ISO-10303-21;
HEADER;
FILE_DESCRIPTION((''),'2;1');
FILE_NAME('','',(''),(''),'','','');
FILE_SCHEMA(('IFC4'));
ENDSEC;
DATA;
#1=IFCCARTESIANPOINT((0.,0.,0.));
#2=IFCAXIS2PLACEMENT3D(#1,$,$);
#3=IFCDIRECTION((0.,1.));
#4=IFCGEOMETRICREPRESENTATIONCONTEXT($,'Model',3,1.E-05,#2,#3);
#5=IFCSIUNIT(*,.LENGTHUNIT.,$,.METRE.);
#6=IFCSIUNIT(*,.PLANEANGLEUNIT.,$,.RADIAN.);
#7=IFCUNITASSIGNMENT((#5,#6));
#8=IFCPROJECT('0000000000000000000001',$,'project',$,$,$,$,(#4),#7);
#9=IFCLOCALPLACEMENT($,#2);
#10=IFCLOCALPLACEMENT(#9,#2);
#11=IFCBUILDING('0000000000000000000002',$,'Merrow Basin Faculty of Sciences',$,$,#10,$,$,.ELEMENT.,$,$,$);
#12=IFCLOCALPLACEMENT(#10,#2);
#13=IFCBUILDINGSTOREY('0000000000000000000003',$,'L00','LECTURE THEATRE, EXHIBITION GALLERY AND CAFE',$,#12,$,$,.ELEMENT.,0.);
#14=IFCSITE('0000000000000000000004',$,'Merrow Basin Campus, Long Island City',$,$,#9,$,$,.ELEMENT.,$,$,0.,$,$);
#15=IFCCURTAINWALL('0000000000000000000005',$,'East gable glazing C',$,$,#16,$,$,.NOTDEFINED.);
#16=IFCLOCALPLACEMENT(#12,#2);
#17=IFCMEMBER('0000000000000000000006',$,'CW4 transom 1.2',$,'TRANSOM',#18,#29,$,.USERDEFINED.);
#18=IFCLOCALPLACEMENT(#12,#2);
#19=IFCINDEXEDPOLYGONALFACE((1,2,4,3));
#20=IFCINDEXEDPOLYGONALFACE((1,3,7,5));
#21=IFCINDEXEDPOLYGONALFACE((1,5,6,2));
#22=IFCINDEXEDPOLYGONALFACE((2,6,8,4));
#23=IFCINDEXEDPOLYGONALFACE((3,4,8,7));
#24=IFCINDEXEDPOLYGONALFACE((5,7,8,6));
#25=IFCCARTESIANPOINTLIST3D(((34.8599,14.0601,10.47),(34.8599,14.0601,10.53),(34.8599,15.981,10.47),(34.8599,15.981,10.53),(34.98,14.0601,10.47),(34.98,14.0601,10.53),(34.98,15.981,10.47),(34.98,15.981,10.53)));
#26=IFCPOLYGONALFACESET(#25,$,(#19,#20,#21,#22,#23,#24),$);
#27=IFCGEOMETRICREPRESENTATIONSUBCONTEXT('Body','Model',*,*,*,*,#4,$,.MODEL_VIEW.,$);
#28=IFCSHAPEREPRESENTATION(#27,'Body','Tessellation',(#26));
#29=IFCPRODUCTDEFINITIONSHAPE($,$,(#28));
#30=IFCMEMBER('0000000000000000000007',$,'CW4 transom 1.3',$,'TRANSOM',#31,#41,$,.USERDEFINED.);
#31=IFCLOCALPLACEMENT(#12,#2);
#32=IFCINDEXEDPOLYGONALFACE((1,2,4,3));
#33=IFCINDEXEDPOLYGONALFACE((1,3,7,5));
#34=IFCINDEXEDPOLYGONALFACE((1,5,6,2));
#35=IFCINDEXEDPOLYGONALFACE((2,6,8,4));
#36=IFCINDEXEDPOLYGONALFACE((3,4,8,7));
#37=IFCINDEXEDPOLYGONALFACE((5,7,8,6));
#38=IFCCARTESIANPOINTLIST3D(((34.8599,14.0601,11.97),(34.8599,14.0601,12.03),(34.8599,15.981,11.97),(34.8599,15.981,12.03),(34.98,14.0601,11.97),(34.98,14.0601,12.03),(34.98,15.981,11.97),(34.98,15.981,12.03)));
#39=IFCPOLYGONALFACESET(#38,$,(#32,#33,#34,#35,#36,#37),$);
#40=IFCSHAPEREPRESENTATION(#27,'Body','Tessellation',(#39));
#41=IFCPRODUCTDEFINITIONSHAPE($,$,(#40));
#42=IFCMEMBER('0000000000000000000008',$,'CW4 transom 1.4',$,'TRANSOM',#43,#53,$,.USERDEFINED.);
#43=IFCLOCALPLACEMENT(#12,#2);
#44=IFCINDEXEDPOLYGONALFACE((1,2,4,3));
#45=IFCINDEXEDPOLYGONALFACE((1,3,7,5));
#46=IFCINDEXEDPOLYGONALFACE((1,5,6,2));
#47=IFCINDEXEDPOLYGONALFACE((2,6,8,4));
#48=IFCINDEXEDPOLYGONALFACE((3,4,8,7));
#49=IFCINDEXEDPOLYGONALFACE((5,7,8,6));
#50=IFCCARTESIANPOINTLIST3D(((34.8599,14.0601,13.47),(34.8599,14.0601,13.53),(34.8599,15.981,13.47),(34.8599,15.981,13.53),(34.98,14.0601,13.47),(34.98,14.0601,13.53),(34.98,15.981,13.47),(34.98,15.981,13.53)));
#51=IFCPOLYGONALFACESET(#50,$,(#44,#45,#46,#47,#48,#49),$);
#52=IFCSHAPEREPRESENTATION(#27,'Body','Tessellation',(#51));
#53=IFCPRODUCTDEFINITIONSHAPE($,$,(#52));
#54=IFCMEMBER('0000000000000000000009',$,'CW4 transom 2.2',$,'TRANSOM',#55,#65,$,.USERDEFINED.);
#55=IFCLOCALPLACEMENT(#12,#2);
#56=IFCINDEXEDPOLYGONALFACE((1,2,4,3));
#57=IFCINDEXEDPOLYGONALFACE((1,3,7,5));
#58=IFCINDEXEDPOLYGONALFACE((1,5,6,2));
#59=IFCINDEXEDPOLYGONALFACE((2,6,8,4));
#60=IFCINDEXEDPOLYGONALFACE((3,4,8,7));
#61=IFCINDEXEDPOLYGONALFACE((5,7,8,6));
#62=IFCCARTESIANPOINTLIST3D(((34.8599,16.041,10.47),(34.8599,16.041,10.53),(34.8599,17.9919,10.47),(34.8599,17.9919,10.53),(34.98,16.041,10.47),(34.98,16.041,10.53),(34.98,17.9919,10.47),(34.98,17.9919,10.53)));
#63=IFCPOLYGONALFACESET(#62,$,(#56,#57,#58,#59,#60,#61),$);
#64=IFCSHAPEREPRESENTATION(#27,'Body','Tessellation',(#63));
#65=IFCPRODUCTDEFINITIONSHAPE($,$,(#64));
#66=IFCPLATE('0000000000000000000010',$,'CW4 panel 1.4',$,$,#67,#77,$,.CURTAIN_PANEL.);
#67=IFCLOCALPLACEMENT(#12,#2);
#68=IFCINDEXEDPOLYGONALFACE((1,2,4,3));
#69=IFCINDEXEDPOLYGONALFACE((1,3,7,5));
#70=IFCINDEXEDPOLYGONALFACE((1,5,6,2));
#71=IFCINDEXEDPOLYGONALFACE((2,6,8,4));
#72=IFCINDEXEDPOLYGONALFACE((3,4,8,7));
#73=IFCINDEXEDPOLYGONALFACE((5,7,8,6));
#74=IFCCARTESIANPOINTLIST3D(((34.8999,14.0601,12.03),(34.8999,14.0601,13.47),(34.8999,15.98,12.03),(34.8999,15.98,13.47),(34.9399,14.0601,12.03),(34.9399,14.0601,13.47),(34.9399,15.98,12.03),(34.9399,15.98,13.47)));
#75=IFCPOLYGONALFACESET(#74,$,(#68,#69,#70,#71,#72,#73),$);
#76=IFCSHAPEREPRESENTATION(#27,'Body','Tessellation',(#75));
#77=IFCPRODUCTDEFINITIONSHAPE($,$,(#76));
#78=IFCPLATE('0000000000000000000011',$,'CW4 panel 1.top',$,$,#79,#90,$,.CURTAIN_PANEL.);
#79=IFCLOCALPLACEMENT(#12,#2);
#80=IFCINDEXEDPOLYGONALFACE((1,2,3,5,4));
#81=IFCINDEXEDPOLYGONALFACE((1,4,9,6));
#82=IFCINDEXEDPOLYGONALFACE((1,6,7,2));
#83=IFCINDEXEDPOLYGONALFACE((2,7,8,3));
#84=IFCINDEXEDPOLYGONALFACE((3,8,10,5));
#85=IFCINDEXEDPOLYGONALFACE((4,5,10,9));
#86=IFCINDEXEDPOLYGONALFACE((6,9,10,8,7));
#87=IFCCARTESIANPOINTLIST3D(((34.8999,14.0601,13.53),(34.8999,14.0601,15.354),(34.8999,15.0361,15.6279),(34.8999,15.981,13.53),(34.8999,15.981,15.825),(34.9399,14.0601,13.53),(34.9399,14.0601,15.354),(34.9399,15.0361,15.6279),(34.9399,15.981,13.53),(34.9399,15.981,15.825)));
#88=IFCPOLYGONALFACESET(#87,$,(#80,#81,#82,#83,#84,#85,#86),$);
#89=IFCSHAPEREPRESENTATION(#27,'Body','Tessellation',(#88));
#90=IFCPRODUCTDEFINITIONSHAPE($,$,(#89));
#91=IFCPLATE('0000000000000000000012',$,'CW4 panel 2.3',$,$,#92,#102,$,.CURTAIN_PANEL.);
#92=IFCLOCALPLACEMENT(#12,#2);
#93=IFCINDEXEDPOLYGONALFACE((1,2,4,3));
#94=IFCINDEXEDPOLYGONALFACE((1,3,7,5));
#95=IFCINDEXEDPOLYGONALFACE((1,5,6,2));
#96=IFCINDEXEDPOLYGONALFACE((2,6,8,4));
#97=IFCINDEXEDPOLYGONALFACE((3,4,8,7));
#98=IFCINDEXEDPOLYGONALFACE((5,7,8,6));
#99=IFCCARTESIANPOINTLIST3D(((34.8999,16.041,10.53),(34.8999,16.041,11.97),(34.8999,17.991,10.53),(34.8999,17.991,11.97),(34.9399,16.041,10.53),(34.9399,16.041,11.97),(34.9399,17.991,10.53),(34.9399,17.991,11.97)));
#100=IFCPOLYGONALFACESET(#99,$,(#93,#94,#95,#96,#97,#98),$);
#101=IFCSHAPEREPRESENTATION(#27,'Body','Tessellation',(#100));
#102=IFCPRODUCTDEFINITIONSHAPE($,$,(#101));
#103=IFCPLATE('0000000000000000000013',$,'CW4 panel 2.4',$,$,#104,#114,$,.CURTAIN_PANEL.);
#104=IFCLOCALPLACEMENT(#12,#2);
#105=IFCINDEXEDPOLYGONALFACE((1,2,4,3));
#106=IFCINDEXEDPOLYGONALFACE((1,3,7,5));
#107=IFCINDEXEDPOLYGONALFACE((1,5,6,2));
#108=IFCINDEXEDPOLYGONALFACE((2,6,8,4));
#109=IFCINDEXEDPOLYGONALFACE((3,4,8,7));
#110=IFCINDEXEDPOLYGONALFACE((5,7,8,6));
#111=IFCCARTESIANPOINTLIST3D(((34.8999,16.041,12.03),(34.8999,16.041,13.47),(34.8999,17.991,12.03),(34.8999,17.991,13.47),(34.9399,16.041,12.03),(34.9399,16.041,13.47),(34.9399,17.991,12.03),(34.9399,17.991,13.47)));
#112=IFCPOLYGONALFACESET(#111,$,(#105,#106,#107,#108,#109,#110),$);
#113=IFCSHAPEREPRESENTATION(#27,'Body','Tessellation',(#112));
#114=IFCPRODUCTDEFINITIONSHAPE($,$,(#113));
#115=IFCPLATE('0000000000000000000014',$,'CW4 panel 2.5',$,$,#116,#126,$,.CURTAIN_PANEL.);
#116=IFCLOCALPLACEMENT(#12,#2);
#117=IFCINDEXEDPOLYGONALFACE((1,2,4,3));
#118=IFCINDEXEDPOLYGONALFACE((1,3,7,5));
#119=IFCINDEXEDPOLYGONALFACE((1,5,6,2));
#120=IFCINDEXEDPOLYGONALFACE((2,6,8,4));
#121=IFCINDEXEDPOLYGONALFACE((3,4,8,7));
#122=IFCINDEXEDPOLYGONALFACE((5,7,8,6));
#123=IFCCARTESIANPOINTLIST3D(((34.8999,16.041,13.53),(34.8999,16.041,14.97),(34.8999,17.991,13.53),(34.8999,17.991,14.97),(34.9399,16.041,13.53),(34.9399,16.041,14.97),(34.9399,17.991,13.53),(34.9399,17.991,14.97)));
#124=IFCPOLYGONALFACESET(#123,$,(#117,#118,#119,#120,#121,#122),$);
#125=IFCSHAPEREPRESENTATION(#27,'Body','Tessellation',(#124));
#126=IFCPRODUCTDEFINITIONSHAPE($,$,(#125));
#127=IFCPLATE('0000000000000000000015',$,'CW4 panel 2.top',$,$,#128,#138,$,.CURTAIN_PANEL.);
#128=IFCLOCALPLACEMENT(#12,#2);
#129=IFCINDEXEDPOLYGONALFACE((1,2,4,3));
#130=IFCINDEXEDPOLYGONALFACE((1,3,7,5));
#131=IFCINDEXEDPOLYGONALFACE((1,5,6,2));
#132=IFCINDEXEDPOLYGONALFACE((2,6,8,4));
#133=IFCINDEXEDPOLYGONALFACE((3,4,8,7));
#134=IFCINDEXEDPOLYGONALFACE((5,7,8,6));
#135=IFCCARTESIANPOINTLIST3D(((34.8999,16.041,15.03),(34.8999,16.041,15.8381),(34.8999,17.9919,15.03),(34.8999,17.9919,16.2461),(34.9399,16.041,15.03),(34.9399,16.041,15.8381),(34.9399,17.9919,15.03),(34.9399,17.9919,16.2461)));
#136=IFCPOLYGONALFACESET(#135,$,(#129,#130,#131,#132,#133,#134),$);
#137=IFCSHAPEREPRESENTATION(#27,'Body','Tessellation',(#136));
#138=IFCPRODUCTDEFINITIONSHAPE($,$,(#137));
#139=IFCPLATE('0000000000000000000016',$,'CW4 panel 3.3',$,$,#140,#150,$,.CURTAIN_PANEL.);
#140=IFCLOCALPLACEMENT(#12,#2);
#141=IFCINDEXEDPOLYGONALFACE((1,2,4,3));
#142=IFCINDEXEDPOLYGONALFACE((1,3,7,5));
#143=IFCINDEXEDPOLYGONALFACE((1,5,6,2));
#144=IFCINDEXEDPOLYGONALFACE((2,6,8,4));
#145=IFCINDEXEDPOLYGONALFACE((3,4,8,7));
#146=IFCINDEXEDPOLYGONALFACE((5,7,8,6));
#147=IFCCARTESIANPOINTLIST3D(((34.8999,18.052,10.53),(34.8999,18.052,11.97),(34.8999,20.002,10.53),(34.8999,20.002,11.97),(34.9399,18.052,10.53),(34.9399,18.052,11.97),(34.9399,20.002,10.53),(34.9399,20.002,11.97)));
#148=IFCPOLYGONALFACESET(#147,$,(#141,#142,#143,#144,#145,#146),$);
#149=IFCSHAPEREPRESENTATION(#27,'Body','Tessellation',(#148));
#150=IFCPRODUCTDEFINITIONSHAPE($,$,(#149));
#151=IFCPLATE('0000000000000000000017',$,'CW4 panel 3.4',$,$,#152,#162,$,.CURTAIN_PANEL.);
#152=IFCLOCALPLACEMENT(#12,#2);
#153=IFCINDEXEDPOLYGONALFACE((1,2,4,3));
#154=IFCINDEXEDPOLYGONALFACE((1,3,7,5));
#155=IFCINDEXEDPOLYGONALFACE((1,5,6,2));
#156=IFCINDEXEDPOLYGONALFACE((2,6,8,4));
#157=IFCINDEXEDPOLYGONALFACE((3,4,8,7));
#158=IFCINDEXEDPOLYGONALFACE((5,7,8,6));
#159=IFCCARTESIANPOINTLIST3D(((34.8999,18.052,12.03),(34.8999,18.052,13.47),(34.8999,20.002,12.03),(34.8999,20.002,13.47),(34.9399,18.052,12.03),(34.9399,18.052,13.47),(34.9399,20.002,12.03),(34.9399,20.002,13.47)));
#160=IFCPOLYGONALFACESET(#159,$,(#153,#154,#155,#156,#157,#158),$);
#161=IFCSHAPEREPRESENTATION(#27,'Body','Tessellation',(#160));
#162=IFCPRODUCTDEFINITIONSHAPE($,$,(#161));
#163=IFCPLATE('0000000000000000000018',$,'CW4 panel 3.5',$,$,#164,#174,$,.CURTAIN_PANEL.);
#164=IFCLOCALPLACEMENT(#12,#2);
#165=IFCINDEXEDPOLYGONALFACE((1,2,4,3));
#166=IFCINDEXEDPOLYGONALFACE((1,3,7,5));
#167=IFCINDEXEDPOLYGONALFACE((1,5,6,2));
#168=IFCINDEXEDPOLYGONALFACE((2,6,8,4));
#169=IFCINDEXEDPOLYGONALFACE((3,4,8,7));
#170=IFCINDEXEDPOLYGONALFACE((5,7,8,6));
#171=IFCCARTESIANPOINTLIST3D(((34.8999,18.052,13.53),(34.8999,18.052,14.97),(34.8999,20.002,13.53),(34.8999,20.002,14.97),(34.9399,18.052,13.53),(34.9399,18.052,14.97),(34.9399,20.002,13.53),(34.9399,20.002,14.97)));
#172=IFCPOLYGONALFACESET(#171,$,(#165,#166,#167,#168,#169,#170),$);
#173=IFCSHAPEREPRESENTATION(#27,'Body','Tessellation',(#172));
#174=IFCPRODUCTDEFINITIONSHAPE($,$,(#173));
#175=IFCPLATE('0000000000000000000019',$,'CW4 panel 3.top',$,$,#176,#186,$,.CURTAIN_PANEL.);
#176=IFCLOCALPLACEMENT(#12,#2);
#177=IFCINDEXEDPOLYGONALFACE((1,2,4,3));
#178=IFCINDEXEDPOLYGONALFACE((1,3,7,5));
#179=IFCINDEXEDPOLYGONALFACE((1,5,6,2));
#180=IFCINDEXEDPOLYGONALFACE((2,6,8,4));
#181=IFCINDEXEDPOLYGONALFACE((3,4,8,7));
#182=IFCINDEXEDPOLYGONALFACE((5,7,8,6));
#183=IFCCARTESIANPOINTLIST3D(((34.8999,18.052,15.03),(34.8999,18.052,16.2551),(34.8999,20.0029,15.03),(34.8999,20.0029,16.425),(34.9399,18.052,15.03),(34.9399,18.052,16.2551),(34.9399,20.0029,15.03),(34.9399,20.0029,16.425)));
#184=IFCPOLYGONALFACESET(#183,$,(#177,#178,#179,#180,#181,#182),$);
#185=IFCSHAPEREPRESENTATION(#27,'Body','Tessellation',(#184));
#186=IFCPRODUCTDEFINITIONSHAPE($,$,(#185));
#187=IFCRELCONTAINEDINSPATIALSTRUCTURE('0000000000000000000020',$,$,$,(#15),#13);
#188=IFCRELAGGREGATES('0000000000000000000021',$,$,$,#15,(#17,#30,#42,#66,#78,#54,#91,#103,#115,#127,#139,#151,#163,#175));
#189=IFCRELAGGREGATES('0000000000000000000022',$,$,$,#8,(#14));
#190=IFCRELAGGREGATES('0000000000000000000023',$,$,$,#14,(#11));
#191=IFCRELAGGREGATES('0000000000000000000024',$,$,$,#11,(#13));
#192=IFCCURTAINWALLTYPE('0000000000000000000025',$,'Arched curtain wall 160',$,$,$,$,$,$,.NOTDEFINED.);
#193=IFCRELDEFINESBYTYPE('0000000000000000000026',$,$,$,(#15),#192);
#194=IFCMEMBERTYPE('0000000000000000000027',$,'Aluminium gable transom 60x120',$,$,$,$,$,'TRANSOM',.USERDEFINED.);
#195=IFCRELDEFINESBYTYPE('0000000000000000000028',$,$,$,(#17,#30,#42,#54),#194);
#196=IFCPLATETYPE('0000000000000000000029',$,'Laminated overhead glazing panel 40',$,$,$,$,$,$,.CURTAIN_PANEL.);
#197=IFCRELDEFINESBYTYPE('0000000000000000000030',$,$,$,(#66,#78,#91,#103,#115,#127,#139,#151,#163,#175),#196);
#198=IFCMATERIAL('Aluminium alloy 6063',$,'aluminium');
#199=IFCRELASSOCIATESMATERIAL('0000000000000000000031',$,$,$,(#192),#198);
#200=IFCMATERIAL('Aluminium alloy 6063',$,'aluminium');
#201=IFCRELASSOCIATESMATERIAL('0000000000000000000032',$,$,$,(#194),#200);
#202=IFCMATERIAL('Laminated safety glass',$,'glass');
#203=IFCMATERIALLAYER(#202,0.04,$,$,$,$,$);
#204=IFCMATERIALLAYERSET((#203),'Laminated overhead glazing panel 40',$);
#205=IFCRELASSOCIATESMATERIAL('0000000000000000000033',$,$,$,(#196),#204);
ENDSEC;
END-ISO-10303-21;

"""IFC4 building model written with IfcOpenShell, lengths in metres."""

from ifc_helpers import new_model, si_unit, direction, frame, origin, origin_2d, place, context, subcontext, project, spatial, polyline, rectangle, outline, extrude, material, layer, layer_set, material_profile, profile_set, type_object, element, aggregate, save


model = new_model("IFC4")

# Units and contexts
model_context = context("Model", 3, precision=1e-05, world=origin(), true_north=direction((0.0, 1.0)))
body_context = subcontext(model_context, "Body", "Model", "MODEL_VIEW")
ifc_project = project(units=[si_unit("LENGTHUNIT", "METRE"), si_unit("PLANEANGLEUNIT", "RADIAN")], contexts=[model_context])

# Site, building, storey
site_placement = place(None, origin())
site = spatial("IfcSite", under=ifc_project, at=site_placement, Name="Merrow Basin Campus, Long Island City", CompositionType="ELEMENT", RefElevation=0.0)
building_placement = place(site_placement, origin())
building = spatial("IfcBuilding", under=site, at=building_placement, Name="Merrow Basin Faculty of Sciences", CompositionType="ELEMENT")
storey_placement = place(building_placement, origin())
storey = spatial("IfcBuildingStorey", under=building, at=storey_placement, Name="L00", Description="LECTURE THEATRE, EXHIBITION GALLERY AND CAFE", CompositionType="ELEMENT", Elevation=0.0)

# Curtain wall, members, plates
ifc_material_1 = material(Name="Aluminium alloy 6063", Category="aluminium")
curtain_wall_type = type_object("IfcCurtainWallType", Name="Arched curtain wall 160", PredefinedType="NOTDEFINED", material=ifc_material_1)
curtain_wall_placement = place(storey_placement, origin())
curtain_wall = element("IfcCurtainWall", 1, at=curtain_wall_placement, inside=storey, type_object=curtain_wall_type, Name="East gable glazing C", PredefinedType="NOTDEFINED")
ifc_material_2 = material(Name="Aluminium alloy 6063", Category="aluminium")
ifc_material_profile = material_profile(ifc_material_2, rectangle(XDim=0.1201, YDim=0.0601, at=origin_2d()))
ifc_profile_set = profile_set([ifc_material_profile], Name="Aluminium alloy 6063")
member_type = type_object("IfcMemberType", Name="Aluminium gable transom 60x120", ElementType="TRANSOM", PredefinedType="USERDEFINED", material=ifc_profile_set)
member_1_placement = place(storey_placement, frame((34.9199, 14.0601, 10.5), z_axis=(0.0, 1.0, 0.0), x_axis=(-1.0, 0.0, 0.0)))
member_1 = element("IfcMember", 2, at=member_1_placement, type_object=member_type, Name="CW4 transom 1.2", ObjectType="TRANSOM", PredefinedType="USERDEFINED", context=body_context, shape_type="SweptSolid", body=[
    extrude(rectangle(XDim=0.1201, YDim=0.0601, at=origin_2d()), origin(), (0.0, 0.0, 1.0), 1.9209),
])
member_2_placement = place(storey_placement, frame((34.9199, 14.0601, 12.0), z_axis=(0.0, 1.0, 0.0), x_axis=(-1.0, 0.0, 0.0)))
member_2 = element("IfcMember", 3, at=member_2_placement, type_object=member_type, Name="CW4 transom 1.3", ObjectType="TRANSOM", PredefinedType="USERDEFINED", context=body_context, shape_type="SweptSolid", body=[
    extrude(rectangle(XDim=0.1201, YDim=0.0601, at=origin_2d()), origin(), (0.0, 0.0, 1.0), 1.9209),
])
member_3_placement = place(storey_placement, frame((34.9199, 14.0601, 13.5), z_axis=(0.0, 1.0, 0.0), x_axis=(-1.0, 0.0, 0.0)))
member_3 = element("IfcMember", 4, at=member_3_placement, type_object=member_type, Name="CW4 transom 1.4", ObjectType="TRANSOM", PredefinedType="USERDEFINED", context=body_context, shape_type="SweptSolid", body=[
    extrude(rectangle(XDim=0.1201, YDim=0.0601, at=origin_2d()), origin(), (0.0, 0.0, 1.0), 1.9209),
])
member_4_placement = place(storey_placement, frame((34.9199, 16.041, 10.5), z_axis=(0.0, 1.0, 0.0), x_axis=(-1.0, 0.0, 0.0)))
member_4 = element("IfcMember", 5, at=member_4_placement, type_object=member_type, Name="CW4 transom 2.2", ObjectType="TRANSOM", PredefinedType="USERDEFINED", context=body_context, shape_type="SweptSolid", body=[
    extrude(rectangle(XDim=0.1201, YDim=0.0601, at=origin_2d()), origin(), (0.0, 0.0, 1.0), 1.9509),
])
ifc_material_3 = material(Name="Laminated safety glass", Category="glass")
ifc_layer = layer(ifc_material_3, 0.04)
ifc_layer_set = layer_set([ifc_layer], Name="Laminated overhead glazing panel 40")
plate_type = type_object("IfcPlateType", Name="Laminated overhead glazing panel 40", PredefinedType="CURTAIN_PANEL", material=ifc_layer_set)
plate_1_placement = place(storey_placement, frame((34.8999, 14.0601, 12.03), z_axis=(1.0, 0.0, 0.0), x_axis=(0.0, 1.0, 0.0)))
plate_1 = element("IfcPlate", 6, at=plate_1_placement, type_object=plate_type, Name="CW4 panel 1.4", PredefinedType="CURTAIN_PANEL", context=body_context, shape_type="SweptSolid", body=[
    extrude(outline(polyline([(0.0, 0.0), (1.9199, 0.0), (1.9199, 1.4399), (0.0, 1.4399), (0.0, 0.0)])), origin(), (0.0, 0.0, 1.0), 0.04),
])
plate_2_placement = place(storey_placement, frame((34.8999, 14.0601, 13.53), z_axis=(1.0, 0.0, 0.0), x_axis=(0.0, 1.0, 0.0)))
plate_2 = element("IfcPlate", 7, at=plate_2_placement, type_object=plate_type, Name="CW4 panel 1.top", PredefinedType="CURTAIN_PANEL", context=body_context, shape_type="SweptSolid", body=[
    extrude(outline(polyline([(0.0, 0.0), (1.9209, 0.0), (1.9209, 2.2949), (0.9761, 2.0979), (0.0, 1.824), (0.0, 0.0)])), origin(), (0.0, 0.0, 1.0), 0.04),
])
plate_3_placement = place(storey_placement, frame((34.8999, 16.041, 10.53), z_axis=(1.0, 0.0, 0.0), x_axis=(0.0, 1.0, 0.0)))
plate_3 = element("IfcPlate", 8, at=plate_3_placement, type_object=plate_type, Name="CW4 panel 2.3", PredefinedType="CURTAIN_PANEL", context=body_context, shape_type="SweptSolid", body=[
    extrude(outline(polyline([(0.0, 0.0), (1.95, 0.0), (1.95, 1.4399), (0.0, 1.4399), (0.0, 0.0)])), origin(), (0.0, 0.0, 1.0), 0.04),
])
plate_4_placement = place(storey_placement, frame((34.8999, 16.041, 12.03), z_axis=(1.0, 0.0, 0.0), x_axis=(0.0, 1.0, 0.0)))
plate_4 = element("IfcPlate", 9, at=plate_4_placement, type_object=plate_type, Name="CW4 panel 2.4", PredefinedType="CURTAIN_PANEL", context=body_context, shape_type="SweptSolid", body=[
    extrude(outline(polyline([(0.0, 0.0), (1.95, 0.0), (1.95, 1.4399), (0.0, 1.4399), (0.0, 0.0)])), origin(), (0.0, 0.0, 1.0), 0.04),
])
plate_5_placement = place(storey_placement, frame((34.8999, 16.041, 13.53), z_axis=(1.0, 0.0, 0.0), x_axis=(0.0, 1.0, 0.0)))
plate_5 = element("IfcPlate", 10, at=plate_5_placement, type_object=plate_type, Name="CW4 panel 2.5", PredefinedType="CURTAIN_PANEL", context=body_context, shape_type="SweptSolid", body=[
    extrude(outline(polyline([(0.0, 0.0), (1.95, 0.0), (1.95, 1.4399), (0.0, 1.4399), (0.0, 0.0)])), origin(), (0.0, 0.0, 1.0), 0.04),
])
plate_6_placement = place(storey_placement, frame((34.8999, 16.041, 15.03), z_axis=(1.0, 0.0, 0.0), x_axis=(0.0, 1.0, 0.0)))
plate_6 = element("IfcPlate", 11, at=plate_6_placement, type_object=plate_type, Name="CW4 panel 2.top", PredefinedType="CURTAIN_PANEL", context=body_context, shape_type="SweptSolid", body=[
    extrude(outline(polyline([(0.0, 0.0), (1.9509, 0.0), (1.9509, 1.2161), (0.0, 0.8081), (0.0, 0.0)])), origin(), (0.0, 0.0, 1.0), 0.04),
])
plate_7_placement = place(storey_placement, frame((34.8999, 18.052, 10.53), z_axis=(1.0, 0.0, 0.0), x_axis=(0.0, 1.0, 0.0)))
plate_7 = element("IfcPlate", 12, at=plate_7_placement, type_object=plate_type, Name="CW4 panel 3.3", PredefinedType="CURTAIN_PANEL", context=body_context, shape_type="SweptSolid", body=[
    extrude(outline(polyline([(0.0, 0.0), (1.95, 0.0), (1.95, 1.4399), (0.0, 1.4399), (0.0, 0.0)])), origin(), (0.0, 0.0, 1.0), 0.04),
])
plate_8_placement = place(storey_placement, frame((34.8999, 18.052, 12.03), z_axis=(1.0, 0.0, 0.0), x_axis=(0.0, 1.0, 0.0)))
plate_8 = element("IfcPlate", 13, at=plate_8_placement, type_object=plate_type, Name="CW4 panel 3.4", PredefinedType="CURTAIN_PANEL", context=body_context, shape_type="SweptSolid", body=[
    extrude(outline(polyline([(0.0, 0.0), (1.95, 0.0), (1.95, 1.4399), (0.0, 1.4399), (0.0, 0.0)])), origin(), (0.0, 0.0, 1.0), 0.04),
])
plate_9_placement = place(storey_placement, frame((34.8999, 18.052, 13.53), z_axis=(1.0, 0.0, 0.0), x_axis=(0.0, 1.0, 0.0)))
plate_9 = element("IfcPlate", 14, at=plate_9_placement, type_object=plate_type, Name="CW4 panel 3.5", PredefinedType="CURTAIN_PANEL", context=body_context, shape_type="SweptSolid", body=[
    extrude(outline(polyline([(0.0, 0.0), (1.95, 0.0), (1.95, 1.4399), (0.0, 1.4399), (0.0, 0.0)])), origin(), (0.0, 0.0, 1.0), 0.04),
])
plate_10_placement = place(storey_placement, frame((34.8999, 18.052, 15.03), z_axis=(1.0, 0.0, 0.0), x_axis=(0.0, 1.0, 0.0)))
plate_10 = element("IfcPlate", 15, at=plate_10_placement, type_object=plate_type, Name="CW4 panel 3.top", PredefinedType="CURTAIN_PANEL", context=body_context, shape_type="SweptSolid", body=[
    extrude(outline(polyline([(0.0, 0.0), (1.9509, 0.0), (1.9509, 1.395), (0.0, 1.2251), (0.0, 0.0)])), origin(), (0.0, 0.0, 1.0), 0.04),
])
aggregate(curtain_wall, [member_1, member_2, member_3, plate_1, plate_2, member_4, plate_3, plate_4, plate_5, plate_6, plate_7, plate_8, plate_9, plate_10])

save(model, "model.ifc")
